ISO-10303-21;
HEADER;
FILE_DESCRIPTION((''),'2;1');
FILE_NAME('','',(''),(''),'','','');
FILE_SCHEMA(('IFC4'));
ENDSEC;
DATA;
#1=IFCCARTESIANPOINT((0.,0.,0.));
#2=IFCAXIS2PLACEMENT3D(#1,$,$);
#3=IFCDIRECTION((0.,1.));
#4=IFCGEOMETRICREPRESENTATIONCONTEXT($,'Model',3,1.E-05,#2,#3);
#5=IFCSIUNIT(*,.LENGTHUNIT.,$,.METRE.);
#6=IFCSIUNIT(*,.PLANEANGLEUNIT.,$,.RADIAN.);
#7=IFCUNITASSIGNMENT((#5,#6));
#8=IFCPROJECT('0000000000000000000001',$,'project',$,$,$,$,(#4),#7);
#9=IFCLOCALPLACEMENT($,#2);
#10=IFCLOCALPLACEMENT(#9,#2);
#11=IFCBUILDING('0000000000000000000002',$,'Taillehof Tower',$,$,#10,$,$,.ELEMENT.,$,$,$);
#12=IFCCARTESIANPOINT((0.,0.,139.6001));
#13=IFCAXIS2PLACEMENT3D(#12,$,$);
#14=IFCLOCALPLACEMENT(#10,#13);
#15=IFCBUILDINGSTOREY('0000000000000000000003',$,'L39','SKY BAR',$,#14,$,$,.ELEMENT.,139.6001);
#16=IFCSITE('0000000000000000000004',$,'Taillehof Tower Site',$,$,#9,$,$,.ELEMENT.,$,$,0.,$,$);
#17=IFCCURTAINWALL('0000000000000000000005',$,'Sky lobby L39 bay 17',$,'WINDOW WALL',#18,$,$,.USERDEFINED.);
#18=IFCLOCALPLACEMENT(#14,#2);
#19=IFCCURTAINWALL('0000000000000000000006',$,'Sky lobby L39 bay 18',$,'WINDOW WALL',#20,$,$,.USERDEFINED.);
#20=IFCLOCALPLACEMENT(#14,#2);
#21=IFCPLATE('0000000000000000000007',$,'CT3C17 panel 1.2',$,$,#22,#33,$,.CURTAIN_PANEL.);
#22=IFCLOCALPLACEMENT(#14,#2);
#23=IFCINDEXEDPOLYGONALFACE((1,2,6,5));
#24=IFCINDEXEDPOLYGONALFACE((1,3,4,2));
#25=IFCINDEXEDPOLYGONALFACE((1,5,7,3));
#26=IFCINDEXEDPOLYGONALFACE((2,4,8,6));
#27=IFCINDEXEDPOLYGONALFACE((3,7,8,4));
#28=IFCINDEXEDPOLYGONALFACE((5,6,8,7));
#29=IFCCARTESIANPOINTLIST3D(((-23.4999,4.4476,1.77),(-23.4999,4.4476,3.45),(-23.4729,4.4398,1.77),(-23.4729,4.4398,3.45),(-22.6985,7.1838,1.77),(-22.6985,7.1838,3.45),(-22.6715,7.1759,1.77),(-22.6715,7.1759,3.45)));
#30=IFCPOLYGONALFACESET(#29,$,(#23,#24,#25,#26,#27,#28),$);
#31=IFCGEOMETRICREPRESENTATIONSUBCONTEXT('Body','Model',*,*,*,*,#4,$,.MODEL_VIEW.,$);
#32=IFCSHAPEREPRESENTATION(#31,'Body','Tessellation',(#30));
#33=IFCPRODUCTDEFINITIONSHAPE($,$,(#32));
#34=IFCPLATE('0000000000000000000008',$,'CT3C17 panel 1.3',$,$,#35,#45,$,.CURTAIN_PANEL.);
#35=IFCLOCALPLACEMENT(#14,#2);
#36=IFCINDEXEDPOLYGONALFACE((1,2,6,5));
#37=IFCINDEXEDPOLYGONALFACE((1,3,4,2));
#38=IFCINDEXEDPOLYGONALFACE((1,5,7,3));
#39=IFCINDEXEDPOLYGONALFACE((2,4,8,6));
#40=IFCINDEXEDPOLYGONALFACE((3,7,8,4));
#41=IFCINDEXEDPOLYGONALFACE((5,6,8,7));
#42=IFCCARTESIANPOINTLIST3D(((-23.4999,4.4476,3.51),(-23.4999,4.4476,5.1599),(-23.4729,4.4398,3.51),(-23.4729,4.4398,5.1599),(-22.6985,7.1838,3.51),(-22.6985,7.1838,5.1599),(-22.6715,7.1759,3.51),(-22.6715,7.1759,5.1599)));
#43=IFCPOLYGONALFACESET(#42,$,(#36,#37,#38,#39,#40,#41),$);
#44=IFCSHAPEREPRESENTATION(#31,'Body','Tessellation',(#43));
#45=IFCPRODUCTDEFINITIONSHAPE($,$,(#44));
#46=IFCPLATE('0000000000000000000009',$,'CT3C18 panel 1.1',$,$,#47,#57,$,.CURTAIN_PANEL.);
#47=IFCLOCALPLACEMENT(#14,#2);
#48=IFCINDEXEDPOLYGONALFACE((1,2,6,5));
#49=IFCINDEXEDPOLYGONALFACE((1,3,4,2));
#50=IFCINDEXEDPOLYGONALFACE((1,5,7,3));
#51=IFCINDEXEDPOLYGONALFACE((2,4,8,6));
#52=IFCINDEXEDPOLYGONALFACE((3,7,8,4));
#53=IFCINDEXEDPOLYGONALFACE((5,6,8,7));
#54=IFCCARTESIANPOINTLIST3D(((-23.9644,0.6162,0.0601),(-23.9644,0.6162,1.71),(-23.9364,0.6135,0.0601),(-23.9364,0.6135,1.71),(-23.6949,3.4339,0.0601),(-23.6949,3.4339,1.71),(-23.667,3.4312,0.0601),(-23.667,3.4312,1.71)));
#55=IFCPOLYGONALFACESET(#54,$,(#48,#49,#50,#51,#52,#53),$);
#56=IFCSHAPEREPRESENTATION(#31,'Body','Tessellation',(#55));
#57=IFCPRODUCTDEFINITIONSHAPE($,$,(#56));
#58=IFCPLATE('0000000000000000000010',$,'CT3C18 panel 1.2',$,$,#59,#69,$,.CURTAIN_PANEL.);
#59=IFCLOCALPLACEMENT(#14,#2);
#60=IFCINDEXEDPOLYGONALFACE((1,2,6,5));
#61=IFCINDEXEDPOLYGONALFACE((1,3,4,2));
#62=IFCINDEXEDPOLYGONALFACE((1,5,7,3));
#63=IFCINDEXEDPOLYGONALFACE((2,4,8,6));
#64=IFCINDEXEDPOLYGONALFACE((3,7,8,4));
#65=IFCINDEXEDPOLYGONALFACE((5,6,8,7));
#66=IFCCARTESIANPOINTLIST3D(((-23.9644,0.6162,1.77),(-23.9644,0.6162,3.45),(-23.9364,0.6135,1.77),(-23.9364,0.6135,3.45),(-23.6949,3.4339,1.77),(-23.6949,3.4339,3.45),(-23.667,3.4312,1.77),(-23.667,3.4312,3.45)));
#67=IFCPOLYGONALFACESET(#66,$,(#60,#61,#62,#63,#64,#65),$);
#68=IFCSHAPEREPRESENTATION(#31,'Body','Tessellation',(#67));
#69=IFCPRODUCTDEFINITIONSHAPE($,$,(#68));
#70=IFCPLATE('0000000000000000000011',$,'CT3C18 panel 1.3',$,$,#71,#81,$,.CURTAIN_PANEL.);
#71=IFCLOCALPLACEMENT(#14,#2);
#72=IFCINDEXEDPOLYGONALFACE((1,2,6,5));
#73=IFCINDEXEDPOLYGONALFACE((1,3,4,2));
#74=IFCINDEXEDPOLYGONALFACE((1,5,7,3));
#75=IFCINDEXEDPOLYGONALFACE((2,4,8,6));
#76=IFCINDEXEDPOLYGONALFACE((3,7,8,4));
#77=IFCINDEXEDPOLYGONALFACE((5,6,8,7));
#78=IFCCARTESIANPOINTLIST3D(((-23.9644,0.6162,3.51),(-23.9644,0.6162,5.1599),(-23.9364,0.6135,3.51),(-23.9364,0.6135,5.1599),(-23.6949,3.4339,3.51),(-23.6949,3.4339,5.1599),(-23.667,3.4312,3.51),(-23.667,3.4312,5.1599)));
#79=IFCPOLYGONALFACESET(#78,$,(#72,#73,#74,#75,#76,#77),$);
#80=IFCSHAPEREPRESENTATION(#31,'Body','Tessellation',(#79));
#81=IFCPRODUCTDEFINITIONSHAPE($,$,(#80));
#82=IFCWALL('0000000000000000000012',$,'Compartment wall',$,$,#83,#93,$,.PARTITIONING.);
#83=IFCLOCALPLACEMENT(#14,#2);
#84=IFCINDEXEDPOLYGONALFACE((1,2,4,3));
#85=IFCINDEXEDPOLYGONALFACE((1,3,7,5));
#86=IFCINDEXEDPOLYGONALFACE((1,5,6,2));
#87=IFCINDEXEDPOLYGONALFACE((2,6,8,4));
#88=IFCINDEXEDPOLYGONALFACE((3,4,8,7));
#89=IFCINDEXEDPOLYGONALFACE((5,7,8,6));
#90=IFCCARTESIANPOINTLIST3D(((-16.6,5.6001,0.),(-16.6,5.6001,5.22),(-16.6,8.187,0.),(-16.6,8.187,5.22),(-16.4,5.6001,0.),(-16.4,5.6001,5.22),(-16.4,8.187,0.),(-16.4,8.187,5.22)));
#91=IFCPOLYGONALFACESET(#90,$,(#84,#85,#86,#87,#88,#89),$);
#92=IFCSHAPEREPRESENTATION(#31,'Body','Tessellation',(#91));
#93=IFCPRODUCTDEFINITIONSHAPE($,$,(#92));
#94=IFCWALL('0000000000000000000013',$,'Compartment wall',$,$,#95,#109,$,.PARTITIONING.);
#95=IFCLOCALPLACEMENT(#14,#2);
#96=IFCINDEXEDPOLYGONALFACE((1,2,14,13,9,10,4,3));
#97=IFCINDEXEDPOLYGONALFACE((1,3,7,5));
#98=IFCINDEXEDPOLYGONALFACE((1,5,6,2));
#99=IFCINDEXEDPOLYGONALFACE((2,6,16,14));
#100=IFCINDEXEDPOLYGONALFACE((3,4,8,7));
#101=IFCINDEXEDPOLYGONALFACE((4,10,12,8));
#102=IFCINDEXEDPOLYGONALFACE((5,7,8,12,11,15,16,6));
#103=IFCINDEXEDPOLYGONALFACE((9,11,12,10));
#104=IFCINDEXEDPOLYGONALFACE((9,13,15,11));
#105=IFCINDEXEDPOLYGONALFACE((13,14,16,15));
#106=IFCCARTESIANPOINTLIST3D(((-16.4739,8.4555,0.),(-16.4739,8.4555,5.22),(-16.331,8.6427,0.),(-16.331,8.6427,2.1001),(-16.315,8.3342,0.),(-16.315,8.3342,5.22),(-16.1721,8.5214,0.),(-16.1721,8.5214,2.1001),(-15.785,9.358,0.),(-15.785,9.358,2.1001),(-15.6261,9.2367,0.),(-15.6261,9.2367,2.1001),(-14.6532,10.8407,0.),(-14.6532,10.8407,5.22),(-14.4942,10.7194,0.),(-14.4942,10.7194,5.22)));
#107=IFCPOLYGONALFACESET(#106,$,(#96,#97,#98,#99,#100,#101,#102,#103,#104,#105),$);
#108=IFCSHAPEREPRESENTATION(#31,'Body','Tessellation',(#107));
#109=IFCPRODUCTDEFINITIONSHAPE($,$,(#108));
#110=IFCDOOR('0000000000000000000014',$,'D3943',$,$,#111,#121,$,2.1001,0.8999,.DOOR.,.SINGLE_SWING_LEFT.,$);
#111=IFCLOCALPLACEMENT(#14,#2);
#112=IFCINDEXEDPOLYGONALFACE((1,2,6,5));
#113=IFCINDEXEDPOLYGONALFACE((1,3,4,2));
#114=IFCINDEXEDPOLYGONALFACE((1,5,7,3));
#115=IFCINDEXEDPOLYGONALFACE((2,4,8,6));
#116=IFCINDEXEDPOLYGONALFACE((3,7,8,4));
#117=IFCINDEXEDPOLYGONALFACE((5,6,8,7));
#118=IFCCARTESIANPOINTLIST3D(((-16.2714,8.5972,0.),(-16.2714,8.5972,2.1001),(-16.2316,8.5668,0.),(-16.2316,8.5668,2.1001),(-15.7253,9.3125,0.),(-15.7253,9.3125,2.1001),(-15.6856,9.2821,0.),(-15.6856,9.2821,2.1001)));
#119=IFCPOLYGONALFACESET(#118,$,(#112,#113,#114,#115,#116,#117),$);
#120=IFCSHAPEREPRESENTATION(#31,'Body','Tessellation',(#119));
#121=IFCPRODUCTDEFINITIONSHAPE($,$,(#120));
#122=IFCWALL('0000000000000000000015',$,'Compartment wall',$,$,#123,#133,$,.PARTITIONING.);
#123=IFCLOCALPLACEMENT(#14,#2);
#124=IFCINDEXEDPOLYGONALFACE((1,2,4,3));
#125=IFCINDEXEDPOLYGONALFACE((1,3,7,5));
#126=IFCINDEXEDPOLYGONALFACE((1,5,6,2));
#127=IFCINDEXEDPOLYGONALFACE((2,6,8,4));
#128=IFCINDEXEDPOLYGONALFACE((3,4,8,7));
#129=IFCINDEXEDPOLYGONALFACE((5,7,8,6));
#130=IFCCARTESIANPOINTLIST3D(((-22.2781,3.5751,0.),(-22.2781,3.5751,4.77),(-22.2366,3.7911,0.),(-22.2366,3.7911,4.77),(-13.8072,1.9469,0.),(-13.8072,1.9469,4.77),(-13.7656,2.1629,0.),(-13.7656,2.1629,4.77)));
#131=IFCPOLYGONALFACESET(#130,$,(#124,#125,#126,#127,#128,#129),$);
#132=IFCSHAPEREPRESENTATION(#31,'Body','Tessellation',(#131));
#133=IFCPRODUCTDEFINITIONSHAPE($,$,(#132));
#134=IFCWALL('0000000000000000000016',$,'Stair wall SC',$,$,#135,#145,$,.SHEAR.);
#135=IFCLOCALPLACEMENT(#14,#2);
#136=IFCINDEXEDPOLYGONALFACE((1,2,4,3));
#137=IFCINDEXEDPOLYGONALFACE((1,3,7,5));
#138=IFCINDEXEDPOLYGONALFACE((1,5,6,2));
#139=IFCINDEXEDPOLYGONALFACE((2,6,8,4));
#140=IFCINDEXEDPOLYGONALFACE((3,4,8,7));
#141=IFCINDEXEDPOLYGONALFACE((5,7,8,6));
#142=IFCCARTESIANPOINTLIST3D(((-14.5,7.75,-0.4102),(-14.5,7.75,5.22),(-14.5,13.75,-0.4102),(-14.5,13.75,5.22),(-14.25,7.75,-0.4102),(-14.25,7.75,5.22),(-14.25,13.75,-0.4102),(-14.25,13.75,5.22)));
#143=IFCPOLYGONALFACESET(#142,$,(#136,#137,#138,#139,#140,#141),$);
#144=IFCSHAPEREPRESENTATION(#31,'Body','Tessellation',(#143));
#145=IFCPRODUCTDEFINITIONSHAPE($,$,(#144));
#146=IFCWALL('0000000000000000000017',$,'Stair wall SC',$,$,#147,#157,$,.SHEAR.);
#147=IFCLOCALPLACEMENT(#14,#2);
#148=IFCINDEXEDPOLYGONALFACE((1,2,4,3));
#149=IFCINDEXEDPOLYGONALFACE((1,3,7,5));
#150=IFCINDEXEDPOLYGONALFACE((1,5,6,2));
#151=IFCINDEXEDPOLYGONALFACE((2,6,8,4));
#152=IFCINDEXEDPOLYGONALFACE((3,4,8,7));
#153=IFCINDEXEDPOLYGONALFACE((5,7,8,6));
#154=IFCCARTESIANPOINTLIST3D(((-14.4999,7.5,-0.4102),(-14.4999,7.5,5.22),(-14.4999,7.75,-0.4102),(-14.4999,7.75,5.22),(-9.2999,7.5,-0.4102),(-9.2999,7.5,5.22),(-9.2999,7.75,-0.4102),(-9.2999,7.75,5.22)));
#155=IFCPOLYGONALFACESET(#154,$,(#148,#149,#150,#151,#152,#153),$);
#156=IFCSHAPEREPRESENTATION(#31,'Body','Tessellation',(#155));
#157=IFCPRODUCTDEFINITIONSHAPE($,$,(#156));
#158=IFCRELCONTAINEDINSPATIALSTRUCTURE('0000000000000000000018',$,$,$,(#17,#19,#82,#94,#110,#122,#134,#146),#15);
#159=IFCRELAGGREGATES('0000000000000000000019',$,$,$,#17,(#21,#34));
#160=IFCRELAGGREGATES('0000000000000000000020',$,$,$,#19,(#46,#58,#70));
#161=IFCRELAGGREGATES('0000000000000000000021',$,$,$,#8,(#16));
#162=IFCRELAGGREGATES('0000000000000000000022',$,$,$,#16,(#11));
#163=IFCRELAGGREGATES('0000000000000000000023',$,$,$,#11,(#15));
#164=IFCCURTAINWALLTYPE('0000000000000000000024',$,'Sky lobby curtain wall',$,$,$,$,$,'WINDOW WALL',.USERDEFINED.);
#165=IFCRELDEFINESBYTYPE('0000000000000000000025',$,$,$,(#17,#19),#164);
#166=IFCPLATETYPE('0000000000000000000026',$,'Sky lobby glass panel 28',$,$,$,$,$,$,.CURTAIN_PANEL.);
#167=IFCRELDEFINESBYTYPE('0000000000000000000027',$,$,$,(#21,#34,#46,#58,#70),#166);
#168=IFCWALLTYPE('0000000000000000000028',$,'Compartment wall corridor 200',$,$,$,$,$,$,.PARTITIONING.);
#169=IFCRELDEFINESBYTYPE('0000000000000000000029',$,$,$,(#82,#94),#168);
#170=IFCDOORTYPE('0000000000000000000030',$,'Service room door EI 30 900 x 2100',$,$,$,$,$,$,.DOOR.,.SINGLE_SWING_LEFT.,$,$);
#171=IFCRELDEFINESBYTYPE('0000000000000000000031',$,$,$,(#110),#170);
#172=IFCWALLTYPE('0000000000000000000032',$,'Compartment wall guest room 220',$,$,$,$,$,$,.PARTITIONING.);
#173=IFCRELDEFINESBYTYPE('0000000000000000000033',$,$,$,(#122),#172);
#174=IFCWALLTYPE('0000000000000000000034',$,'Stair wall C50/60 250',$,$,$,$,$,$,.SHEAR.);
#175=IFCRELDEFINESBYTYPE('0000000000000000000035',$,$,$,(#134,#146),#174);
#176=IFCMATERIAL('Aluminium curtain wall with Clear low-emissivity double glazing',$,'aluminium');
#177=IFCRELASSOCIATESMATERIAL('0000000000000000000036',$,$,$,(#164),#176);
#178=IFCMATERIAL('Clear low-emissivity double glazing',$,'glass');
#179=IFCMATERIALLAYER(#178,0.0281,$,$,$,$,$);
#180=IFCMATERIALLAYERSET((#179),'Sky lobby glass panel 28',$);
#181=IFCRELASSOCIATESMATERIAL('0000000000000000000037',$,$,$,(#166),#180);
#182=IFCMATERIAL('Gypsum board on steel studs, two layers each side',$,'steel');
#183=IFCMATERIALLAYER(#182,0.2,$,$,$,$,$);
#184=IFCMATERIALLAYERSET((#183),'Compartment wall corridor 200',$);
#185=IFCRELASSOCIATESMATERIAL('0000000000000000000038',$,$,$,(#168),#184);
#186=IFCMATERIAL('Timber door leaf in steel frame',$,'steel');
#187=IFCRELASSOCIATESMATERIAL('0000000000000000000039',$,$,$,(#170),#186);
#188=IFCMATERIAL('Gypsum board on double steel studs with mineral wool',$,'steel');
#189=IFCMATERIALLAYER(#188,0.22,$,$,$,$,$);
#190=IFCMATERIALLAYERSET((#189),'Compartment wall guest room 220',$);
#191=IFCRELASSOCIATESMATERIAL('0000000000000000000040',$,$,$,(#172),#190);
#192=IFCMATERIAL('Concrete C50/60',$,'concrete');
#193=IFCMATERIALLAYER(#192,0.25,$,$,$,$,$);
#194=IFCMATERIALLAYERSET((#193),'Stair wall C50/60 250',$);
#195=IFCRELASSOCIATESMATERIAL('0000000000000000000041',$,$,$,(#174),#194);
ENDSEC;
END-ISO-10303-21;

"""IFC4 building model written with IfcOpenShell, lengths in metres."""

from ifc_helpers import new_model, si_unit, direction, frame, frame_2d, origin, origin_2d, place, context, subcontext, project, spatial, rectangle, extrude, material, layer, layer_set, type_object, element, fill, aggregate, save


model = new_model("IFC4")

# Units and contexts
model_context = context("Model", 3, precision=1e-05, world=origin(), true_north=direction((0.0, 1.0)))
body_context = subcontext(model_context, "Body", "Model", "MODEL_VIEW")
ifc_project = project(units=[si_unit("LENGTHUNIT", "METRE"), si_unit("PLANEANGLEUNIT", "RADIAN")], contexts=[model_context])

# Site, building, storey
site_placement = place(None, origin())
site = spatial("IfcSite", under=ifc_project, at=site_placement, Name="Taillehof Tower Site", CompositionType="ELEMENT", RefElevation=0.0)
building_placement = place(site_placement, origin())
building = spatial("IfcBuilding", under=site, at=building_placement, Name="Taillehof Tower", CompositionType="ELEMENT")
storey_placement = place(building_placement, frame((0.0, 0.0, 139.6001)))
storey = spatial("IfcBuildingStorey", under=building, at=storey_placement, Name="L39", Description="SKY BAR", CompositionType="ELEMENT", Elevation=139.6001)

# Shared definitions
ifc_material_1 = material(Name="Aluminium curtain wall with Clear low-emissivity double glazing", Category="aluminium")
curtain_wall_type = type_object("IfcCurtainWallType", Name="Sky lobby curtain wall", ElementType="WINDOW WALL", PredefinedType="USERDEFINED", material=ifc_material_1)

# Curtain walls
curtain_wall_1_placement = place(storey_placement, origin())
curtain_wall_1 = element("IfcCurtainWall", 1, at=curtain_wall_1_placement, inside=storey, type_object=curtain_wall_type, Name="Sky lobby L39 bay 17", ObjectType="WINDOW WALL", PredefinedType="USERDEFINED")
curtain_wall_2_placement = place(storey_placement, origin())
curtain_wall_2 = element("IfcCurtainWall", 2, at=curtain_wall_2_placement, inside=storey, type_object=curtain_wall_type, Name="Sky lobby L39 bay 18", ObjectType="WINDOW WALL", PredefinedType="USERDEFINED")

# Plates
ifc_material_2 = material(Name="Clear low-emissivity double glazing", Category="glass")
ifc_layer_1 = layer(ifc_material_2, 0.0281)
ifc_layer_set_1 = layer_set([ifc_layer_1], Name="Sky lobby glass panel 28")
plate_type = type_object("IfcPlateType", Name="Sky lobby glass panel 28", PredefinedType="CURTAIN_PANEL", material=ifc_layer_set_1)
plate_1_placement = place(storey_placement, frame((-23.0857, 5.8118, 1.77), z_axis=(0.0, 0.0, 1.0), x_axis=(-0.28108, -0.959684, 0.0)))
plate_1 = element("IfcPlate", 3, at=plate_1_placement, type_object=plate_type, Name="CT3C17 panel 1.2", PredefinedType="CURTAIN_PANEL", context=body_context, shape_type="SweptSolid", body=[
    extrude(rectangle(XDim=2.8511, YDim=0.0281, at=origin_2d()), origin(), (0.0, 0.0, 1.0), 1.6799),
])
plate_2_placement = place(storey_placement, frame((-23.0857, 5.8118, 3.51), z_axis=(0.0, 0.0, 1.0), x_axis=(-0.28108, -0.959684, 0.0)))
plate_2 = element("IfcPlate", 4, at=plate_2_placement, type_object=plate_type, Name="CT3C17 panel 1.3", PredefinedType="CURTAIN_PANEL", context=body_context, shape_type="SweptSolid", body=[
    extrude(rectangle(XDim=2.8511, YDim=0.0281, at=origin_2d()), origin(), (0.0, 0.0, 1.0), 1.6499),
])
aggregate(curtain_wall_1, [plate_1, plate_2])
plate_3_placement = place(storey_placement, frame((-23.8157, 2.0237, 0.0601), z_axis=(0.0, 0.0, 1.0), x_axis=(-0.095197, -0.995458, 0.0)))
plate_3 = element("IfcPlate", 5, at=plate_3_placement, type_object=plate_type, Name="CT3C18 panel 1.1", PredefinedType="CURTAIN_PANEL", context=body_context, shape_type="SweptSolid", body=[
    extrude(rectangle(XDim=2.8306, YDim=0.0281, at=origin_2d()), origin(), (0.0, 0.0, 1.0), 1.6499),
])
plate_4_placement = place(storey_placement, frame((-23.8157, 2.0237, 1.77), z_axis=(0.0, 0.0, 1.0), x_axis=(-0.095197, -0.995458, 0.0)))
plate_4 = element("IfcPlate", 6, at=plate_4_placement, type_object=plate_type, Name="CT3C18 panel 1.2", PredefinedType="CURTAIN_PANEL", context=body_context, shape_type="SweptSolid", body=[
    extrude(rectangle(XDim=2.8306, YDim=0.0281, at=origin_2d()), origin(), (0.0, 0.0, 1.0), 1.6799),
])
plate_5_placement = place(storey_placement, frame((-23.8157, 2.0237, 3.51), z_axis=(0.0, 0.0, 1.0), x_axis=(-0.095197, -0.995458, 0.0)))
plate_5 = element("IfcPlate", 7, at=plate_5_placement, type_object=plate_type, Name="CT3C18 panel 1.3", PredefinedType="CURTAIN_PANEL", context=body_context, shape_type="SweptSolid", body=[
    extrude(rectangle(XDim=2.8306, YDim=0.0281, at=origin_2d()), origin(), (0.0, 0.0, 1.0), 1.6499),
])
aggregate(curtain_wall_2, [plate_3, plate_4, plate_5])

# Wall
ifc_material_3 = material(Name="Gypsum board on steel studs, two layers each side", Category="steel")
ifc_layer_2 = layer(ifc_material_3, 0.2)
ifc_layer_set_2 = layer_set([ifc_layer_2], Name="Compartment wall corridor 200")
wall_type_1 = type_object("IfcWallType", Name="Compartment wall corridor 200", PredefinedType="PARTITIONING", material=ifc_layer_set_2)
wall_1_placement = place(storey_placement, frame((-16.5, 5.6001, 0.0), z_axis=(0.0, 0.0, 1.0), x_axis=(0.0, 1.0, 0.0)))
element("IfcWall", 8, at=wall_1_placement, inside=storey, type_object=wall_type_1, Name="Compartment wall", PredefinedType="PARTITIONING", context=body_context, shape_type="SweptSolid", body=[
    extrude(rectangle(XDim=2.5869, YDim=0.2, at=frame_2d((1.2935, 0.0))), origin(), (0.0, 0.0, 1.0), 5.22),
])

# Wall, opening, door
wall_2_placement = place(storey_placement, frame((-16.3945, 8.3948, 0.0), z_axis=(0.0, 0.0, 1.0), x_axis=(0.606773, 0.794875, 0.0)))
wall_2 = element("IfcWall", 9, at=wall_2_placement, inside=storey, type_object=wall_type_1, Name="Compartment wall", PredefinedType="PARTITIONING", context=body_context, shape_type="SweptSolid", body=[
    extrude(rectangle(XDim=3.0007, YDim=0.2, at=frame_2d((1.5005, 0.0))), origin(), (0.0, 0.0, 1.0), 5.22),
])
opening_placement = place(wall_2_placement, frame((0.2356, 0.0, 0.0)))
opening = element("IfcOpeningElement", 10, at=opening_placement, cuts=wall_2, PredefinedType="OPENING", context=body_context, shape_type="SweptSolid", body=[
    extrude(rectangle(XDim=0.8999, YDim=2.1001, at=frame_2d((0.45, 1.05))), frame((0.0, 0.1099, 0.0), z_axis=(0.0, -1.0, 0.0), x_axis=(1.0, 0.0, 0.0)), (0.0, 0.0, 1.0), 0.22),
])
ifc_material_4 = material(Name="Timber door leaf in steel frame", Category="steel")
door_type = type_object("IfcDoorType", Name="Service room door EI 30 900 x 2100", OperationType="SINGLE_SWING_LEFT", PredefinedType="DOOR", material=ifc_material_4)
door_placement = place(opening_placement, origin())
door = element("IfcDoor", 11, at=door_placement, inside=storey, type_object=door_type, Name="D3943", OperationType="SINGLE_SWING_LEFT", OverallHeight=2.1001, OverallWidth=0.8999, PredefinedType="DOOR", context=body_context, shape_type="SweptSolid", body=[
    extrude(rectangle(XDim=0.8999, YDim=2.1001, at=frame_2d((0.45, 1.05))), frame((0.0, 0.0249, 0.0), z_axis=(0.0, -1.0, 0.0), x_axis=(1.0, 0.0, 0.0)), (0.0, 0.0, 1.0), 0.05),
])
fill(opening, door)

# Walls
ifc_material_5 = material(Name="Gypsum board on double steel studs with mineral wool", Category="steel")
ifc_layer_3 = layer(ifc_material_5, 0.22)
ifc_layer_set_3 = layer_set([ifc_layer_3], Name="Compartment wall guest room 220")
wall_type_2 = type_object("IfcWallType", Name="Compartment wall guest room 220", PredefinedType="PARTITIONING", material=ifc_layer_set_3)
wall_3_placement = place(storey_placement, frame((-22.2573, 3.6831, 0.0), z_axis=(0.0, 0.0, 1.0), x_axis=(0.982025, -0.188752, 0.0)))
element("IfcWall", 12, at=wall_3_placement, inside=storey, type_object=wall_type_2, Name="Compartment wall", PredefinedType="PARTITIONING", context=body_context, shape_type="SweptSolid", body=[
    extrude(rectangle(XDim=8.626, YDim=0.22, at=frame_2d((4.313, 0.0))), origin(), (0.0, 0.0, 1.0), 4.77),
])
ifc_material_6 = material(Name="Concrete C50/60", Category="concrete")
ifc_layer_4 = layer(ifc_material_6, 0.25)
ifc_layer_set_4 = layer_set([ifc_layer_4], Name="Stair wall C50/60 250")
wall_type_3 = type_object("IfcWallType", Name="Stair wall C50/60 250", PredefinedType="SHEAR", material=ifc_layer_set_4)
wall_4_placement = place(storey_placement, frame((-14.375, 7.75, -0.4102), z_axis=(0.0, 0.0, 1.0), x_axis=(0.0, 1.0, 0.0)))
element("IfcWall", 13, at=wall_4_placement, inside=storey, type_object=wall_type_3, Name="Stair wall SC", PredefinedType="SHEAR", context=body_context, shape_type="SweptSolid", body=[
    extrude(rectangle(XDim=6.0, YDim=0.25, at=frame_2d((3.0, 0.0))), origin(), (0.0, 0.0, 1.0), 5.6301),
])
wall_5_placement = place(storey_placement, frame((-14.5, 7.625, -0.4102), z_axis=(0.0, 0.0, 1.0), x_axis=(1.0, 0.0, 0.0)))
element("IfcWall", 14, at=wall_5_placement, inside=storey, type_object=wall_type_3, Name="Stair wall SC", PredefinedType="SHEAR", context=body_context, shape_type="SweptSolid", body=[
    extrude(rectangle(XDim=5.2, YDim=0.25, at=frame_2d((2.6001, 0.0))), origin(), (0.0, 0.0, 1.0), 5.6301),
])

save(model, "model.ifc")
